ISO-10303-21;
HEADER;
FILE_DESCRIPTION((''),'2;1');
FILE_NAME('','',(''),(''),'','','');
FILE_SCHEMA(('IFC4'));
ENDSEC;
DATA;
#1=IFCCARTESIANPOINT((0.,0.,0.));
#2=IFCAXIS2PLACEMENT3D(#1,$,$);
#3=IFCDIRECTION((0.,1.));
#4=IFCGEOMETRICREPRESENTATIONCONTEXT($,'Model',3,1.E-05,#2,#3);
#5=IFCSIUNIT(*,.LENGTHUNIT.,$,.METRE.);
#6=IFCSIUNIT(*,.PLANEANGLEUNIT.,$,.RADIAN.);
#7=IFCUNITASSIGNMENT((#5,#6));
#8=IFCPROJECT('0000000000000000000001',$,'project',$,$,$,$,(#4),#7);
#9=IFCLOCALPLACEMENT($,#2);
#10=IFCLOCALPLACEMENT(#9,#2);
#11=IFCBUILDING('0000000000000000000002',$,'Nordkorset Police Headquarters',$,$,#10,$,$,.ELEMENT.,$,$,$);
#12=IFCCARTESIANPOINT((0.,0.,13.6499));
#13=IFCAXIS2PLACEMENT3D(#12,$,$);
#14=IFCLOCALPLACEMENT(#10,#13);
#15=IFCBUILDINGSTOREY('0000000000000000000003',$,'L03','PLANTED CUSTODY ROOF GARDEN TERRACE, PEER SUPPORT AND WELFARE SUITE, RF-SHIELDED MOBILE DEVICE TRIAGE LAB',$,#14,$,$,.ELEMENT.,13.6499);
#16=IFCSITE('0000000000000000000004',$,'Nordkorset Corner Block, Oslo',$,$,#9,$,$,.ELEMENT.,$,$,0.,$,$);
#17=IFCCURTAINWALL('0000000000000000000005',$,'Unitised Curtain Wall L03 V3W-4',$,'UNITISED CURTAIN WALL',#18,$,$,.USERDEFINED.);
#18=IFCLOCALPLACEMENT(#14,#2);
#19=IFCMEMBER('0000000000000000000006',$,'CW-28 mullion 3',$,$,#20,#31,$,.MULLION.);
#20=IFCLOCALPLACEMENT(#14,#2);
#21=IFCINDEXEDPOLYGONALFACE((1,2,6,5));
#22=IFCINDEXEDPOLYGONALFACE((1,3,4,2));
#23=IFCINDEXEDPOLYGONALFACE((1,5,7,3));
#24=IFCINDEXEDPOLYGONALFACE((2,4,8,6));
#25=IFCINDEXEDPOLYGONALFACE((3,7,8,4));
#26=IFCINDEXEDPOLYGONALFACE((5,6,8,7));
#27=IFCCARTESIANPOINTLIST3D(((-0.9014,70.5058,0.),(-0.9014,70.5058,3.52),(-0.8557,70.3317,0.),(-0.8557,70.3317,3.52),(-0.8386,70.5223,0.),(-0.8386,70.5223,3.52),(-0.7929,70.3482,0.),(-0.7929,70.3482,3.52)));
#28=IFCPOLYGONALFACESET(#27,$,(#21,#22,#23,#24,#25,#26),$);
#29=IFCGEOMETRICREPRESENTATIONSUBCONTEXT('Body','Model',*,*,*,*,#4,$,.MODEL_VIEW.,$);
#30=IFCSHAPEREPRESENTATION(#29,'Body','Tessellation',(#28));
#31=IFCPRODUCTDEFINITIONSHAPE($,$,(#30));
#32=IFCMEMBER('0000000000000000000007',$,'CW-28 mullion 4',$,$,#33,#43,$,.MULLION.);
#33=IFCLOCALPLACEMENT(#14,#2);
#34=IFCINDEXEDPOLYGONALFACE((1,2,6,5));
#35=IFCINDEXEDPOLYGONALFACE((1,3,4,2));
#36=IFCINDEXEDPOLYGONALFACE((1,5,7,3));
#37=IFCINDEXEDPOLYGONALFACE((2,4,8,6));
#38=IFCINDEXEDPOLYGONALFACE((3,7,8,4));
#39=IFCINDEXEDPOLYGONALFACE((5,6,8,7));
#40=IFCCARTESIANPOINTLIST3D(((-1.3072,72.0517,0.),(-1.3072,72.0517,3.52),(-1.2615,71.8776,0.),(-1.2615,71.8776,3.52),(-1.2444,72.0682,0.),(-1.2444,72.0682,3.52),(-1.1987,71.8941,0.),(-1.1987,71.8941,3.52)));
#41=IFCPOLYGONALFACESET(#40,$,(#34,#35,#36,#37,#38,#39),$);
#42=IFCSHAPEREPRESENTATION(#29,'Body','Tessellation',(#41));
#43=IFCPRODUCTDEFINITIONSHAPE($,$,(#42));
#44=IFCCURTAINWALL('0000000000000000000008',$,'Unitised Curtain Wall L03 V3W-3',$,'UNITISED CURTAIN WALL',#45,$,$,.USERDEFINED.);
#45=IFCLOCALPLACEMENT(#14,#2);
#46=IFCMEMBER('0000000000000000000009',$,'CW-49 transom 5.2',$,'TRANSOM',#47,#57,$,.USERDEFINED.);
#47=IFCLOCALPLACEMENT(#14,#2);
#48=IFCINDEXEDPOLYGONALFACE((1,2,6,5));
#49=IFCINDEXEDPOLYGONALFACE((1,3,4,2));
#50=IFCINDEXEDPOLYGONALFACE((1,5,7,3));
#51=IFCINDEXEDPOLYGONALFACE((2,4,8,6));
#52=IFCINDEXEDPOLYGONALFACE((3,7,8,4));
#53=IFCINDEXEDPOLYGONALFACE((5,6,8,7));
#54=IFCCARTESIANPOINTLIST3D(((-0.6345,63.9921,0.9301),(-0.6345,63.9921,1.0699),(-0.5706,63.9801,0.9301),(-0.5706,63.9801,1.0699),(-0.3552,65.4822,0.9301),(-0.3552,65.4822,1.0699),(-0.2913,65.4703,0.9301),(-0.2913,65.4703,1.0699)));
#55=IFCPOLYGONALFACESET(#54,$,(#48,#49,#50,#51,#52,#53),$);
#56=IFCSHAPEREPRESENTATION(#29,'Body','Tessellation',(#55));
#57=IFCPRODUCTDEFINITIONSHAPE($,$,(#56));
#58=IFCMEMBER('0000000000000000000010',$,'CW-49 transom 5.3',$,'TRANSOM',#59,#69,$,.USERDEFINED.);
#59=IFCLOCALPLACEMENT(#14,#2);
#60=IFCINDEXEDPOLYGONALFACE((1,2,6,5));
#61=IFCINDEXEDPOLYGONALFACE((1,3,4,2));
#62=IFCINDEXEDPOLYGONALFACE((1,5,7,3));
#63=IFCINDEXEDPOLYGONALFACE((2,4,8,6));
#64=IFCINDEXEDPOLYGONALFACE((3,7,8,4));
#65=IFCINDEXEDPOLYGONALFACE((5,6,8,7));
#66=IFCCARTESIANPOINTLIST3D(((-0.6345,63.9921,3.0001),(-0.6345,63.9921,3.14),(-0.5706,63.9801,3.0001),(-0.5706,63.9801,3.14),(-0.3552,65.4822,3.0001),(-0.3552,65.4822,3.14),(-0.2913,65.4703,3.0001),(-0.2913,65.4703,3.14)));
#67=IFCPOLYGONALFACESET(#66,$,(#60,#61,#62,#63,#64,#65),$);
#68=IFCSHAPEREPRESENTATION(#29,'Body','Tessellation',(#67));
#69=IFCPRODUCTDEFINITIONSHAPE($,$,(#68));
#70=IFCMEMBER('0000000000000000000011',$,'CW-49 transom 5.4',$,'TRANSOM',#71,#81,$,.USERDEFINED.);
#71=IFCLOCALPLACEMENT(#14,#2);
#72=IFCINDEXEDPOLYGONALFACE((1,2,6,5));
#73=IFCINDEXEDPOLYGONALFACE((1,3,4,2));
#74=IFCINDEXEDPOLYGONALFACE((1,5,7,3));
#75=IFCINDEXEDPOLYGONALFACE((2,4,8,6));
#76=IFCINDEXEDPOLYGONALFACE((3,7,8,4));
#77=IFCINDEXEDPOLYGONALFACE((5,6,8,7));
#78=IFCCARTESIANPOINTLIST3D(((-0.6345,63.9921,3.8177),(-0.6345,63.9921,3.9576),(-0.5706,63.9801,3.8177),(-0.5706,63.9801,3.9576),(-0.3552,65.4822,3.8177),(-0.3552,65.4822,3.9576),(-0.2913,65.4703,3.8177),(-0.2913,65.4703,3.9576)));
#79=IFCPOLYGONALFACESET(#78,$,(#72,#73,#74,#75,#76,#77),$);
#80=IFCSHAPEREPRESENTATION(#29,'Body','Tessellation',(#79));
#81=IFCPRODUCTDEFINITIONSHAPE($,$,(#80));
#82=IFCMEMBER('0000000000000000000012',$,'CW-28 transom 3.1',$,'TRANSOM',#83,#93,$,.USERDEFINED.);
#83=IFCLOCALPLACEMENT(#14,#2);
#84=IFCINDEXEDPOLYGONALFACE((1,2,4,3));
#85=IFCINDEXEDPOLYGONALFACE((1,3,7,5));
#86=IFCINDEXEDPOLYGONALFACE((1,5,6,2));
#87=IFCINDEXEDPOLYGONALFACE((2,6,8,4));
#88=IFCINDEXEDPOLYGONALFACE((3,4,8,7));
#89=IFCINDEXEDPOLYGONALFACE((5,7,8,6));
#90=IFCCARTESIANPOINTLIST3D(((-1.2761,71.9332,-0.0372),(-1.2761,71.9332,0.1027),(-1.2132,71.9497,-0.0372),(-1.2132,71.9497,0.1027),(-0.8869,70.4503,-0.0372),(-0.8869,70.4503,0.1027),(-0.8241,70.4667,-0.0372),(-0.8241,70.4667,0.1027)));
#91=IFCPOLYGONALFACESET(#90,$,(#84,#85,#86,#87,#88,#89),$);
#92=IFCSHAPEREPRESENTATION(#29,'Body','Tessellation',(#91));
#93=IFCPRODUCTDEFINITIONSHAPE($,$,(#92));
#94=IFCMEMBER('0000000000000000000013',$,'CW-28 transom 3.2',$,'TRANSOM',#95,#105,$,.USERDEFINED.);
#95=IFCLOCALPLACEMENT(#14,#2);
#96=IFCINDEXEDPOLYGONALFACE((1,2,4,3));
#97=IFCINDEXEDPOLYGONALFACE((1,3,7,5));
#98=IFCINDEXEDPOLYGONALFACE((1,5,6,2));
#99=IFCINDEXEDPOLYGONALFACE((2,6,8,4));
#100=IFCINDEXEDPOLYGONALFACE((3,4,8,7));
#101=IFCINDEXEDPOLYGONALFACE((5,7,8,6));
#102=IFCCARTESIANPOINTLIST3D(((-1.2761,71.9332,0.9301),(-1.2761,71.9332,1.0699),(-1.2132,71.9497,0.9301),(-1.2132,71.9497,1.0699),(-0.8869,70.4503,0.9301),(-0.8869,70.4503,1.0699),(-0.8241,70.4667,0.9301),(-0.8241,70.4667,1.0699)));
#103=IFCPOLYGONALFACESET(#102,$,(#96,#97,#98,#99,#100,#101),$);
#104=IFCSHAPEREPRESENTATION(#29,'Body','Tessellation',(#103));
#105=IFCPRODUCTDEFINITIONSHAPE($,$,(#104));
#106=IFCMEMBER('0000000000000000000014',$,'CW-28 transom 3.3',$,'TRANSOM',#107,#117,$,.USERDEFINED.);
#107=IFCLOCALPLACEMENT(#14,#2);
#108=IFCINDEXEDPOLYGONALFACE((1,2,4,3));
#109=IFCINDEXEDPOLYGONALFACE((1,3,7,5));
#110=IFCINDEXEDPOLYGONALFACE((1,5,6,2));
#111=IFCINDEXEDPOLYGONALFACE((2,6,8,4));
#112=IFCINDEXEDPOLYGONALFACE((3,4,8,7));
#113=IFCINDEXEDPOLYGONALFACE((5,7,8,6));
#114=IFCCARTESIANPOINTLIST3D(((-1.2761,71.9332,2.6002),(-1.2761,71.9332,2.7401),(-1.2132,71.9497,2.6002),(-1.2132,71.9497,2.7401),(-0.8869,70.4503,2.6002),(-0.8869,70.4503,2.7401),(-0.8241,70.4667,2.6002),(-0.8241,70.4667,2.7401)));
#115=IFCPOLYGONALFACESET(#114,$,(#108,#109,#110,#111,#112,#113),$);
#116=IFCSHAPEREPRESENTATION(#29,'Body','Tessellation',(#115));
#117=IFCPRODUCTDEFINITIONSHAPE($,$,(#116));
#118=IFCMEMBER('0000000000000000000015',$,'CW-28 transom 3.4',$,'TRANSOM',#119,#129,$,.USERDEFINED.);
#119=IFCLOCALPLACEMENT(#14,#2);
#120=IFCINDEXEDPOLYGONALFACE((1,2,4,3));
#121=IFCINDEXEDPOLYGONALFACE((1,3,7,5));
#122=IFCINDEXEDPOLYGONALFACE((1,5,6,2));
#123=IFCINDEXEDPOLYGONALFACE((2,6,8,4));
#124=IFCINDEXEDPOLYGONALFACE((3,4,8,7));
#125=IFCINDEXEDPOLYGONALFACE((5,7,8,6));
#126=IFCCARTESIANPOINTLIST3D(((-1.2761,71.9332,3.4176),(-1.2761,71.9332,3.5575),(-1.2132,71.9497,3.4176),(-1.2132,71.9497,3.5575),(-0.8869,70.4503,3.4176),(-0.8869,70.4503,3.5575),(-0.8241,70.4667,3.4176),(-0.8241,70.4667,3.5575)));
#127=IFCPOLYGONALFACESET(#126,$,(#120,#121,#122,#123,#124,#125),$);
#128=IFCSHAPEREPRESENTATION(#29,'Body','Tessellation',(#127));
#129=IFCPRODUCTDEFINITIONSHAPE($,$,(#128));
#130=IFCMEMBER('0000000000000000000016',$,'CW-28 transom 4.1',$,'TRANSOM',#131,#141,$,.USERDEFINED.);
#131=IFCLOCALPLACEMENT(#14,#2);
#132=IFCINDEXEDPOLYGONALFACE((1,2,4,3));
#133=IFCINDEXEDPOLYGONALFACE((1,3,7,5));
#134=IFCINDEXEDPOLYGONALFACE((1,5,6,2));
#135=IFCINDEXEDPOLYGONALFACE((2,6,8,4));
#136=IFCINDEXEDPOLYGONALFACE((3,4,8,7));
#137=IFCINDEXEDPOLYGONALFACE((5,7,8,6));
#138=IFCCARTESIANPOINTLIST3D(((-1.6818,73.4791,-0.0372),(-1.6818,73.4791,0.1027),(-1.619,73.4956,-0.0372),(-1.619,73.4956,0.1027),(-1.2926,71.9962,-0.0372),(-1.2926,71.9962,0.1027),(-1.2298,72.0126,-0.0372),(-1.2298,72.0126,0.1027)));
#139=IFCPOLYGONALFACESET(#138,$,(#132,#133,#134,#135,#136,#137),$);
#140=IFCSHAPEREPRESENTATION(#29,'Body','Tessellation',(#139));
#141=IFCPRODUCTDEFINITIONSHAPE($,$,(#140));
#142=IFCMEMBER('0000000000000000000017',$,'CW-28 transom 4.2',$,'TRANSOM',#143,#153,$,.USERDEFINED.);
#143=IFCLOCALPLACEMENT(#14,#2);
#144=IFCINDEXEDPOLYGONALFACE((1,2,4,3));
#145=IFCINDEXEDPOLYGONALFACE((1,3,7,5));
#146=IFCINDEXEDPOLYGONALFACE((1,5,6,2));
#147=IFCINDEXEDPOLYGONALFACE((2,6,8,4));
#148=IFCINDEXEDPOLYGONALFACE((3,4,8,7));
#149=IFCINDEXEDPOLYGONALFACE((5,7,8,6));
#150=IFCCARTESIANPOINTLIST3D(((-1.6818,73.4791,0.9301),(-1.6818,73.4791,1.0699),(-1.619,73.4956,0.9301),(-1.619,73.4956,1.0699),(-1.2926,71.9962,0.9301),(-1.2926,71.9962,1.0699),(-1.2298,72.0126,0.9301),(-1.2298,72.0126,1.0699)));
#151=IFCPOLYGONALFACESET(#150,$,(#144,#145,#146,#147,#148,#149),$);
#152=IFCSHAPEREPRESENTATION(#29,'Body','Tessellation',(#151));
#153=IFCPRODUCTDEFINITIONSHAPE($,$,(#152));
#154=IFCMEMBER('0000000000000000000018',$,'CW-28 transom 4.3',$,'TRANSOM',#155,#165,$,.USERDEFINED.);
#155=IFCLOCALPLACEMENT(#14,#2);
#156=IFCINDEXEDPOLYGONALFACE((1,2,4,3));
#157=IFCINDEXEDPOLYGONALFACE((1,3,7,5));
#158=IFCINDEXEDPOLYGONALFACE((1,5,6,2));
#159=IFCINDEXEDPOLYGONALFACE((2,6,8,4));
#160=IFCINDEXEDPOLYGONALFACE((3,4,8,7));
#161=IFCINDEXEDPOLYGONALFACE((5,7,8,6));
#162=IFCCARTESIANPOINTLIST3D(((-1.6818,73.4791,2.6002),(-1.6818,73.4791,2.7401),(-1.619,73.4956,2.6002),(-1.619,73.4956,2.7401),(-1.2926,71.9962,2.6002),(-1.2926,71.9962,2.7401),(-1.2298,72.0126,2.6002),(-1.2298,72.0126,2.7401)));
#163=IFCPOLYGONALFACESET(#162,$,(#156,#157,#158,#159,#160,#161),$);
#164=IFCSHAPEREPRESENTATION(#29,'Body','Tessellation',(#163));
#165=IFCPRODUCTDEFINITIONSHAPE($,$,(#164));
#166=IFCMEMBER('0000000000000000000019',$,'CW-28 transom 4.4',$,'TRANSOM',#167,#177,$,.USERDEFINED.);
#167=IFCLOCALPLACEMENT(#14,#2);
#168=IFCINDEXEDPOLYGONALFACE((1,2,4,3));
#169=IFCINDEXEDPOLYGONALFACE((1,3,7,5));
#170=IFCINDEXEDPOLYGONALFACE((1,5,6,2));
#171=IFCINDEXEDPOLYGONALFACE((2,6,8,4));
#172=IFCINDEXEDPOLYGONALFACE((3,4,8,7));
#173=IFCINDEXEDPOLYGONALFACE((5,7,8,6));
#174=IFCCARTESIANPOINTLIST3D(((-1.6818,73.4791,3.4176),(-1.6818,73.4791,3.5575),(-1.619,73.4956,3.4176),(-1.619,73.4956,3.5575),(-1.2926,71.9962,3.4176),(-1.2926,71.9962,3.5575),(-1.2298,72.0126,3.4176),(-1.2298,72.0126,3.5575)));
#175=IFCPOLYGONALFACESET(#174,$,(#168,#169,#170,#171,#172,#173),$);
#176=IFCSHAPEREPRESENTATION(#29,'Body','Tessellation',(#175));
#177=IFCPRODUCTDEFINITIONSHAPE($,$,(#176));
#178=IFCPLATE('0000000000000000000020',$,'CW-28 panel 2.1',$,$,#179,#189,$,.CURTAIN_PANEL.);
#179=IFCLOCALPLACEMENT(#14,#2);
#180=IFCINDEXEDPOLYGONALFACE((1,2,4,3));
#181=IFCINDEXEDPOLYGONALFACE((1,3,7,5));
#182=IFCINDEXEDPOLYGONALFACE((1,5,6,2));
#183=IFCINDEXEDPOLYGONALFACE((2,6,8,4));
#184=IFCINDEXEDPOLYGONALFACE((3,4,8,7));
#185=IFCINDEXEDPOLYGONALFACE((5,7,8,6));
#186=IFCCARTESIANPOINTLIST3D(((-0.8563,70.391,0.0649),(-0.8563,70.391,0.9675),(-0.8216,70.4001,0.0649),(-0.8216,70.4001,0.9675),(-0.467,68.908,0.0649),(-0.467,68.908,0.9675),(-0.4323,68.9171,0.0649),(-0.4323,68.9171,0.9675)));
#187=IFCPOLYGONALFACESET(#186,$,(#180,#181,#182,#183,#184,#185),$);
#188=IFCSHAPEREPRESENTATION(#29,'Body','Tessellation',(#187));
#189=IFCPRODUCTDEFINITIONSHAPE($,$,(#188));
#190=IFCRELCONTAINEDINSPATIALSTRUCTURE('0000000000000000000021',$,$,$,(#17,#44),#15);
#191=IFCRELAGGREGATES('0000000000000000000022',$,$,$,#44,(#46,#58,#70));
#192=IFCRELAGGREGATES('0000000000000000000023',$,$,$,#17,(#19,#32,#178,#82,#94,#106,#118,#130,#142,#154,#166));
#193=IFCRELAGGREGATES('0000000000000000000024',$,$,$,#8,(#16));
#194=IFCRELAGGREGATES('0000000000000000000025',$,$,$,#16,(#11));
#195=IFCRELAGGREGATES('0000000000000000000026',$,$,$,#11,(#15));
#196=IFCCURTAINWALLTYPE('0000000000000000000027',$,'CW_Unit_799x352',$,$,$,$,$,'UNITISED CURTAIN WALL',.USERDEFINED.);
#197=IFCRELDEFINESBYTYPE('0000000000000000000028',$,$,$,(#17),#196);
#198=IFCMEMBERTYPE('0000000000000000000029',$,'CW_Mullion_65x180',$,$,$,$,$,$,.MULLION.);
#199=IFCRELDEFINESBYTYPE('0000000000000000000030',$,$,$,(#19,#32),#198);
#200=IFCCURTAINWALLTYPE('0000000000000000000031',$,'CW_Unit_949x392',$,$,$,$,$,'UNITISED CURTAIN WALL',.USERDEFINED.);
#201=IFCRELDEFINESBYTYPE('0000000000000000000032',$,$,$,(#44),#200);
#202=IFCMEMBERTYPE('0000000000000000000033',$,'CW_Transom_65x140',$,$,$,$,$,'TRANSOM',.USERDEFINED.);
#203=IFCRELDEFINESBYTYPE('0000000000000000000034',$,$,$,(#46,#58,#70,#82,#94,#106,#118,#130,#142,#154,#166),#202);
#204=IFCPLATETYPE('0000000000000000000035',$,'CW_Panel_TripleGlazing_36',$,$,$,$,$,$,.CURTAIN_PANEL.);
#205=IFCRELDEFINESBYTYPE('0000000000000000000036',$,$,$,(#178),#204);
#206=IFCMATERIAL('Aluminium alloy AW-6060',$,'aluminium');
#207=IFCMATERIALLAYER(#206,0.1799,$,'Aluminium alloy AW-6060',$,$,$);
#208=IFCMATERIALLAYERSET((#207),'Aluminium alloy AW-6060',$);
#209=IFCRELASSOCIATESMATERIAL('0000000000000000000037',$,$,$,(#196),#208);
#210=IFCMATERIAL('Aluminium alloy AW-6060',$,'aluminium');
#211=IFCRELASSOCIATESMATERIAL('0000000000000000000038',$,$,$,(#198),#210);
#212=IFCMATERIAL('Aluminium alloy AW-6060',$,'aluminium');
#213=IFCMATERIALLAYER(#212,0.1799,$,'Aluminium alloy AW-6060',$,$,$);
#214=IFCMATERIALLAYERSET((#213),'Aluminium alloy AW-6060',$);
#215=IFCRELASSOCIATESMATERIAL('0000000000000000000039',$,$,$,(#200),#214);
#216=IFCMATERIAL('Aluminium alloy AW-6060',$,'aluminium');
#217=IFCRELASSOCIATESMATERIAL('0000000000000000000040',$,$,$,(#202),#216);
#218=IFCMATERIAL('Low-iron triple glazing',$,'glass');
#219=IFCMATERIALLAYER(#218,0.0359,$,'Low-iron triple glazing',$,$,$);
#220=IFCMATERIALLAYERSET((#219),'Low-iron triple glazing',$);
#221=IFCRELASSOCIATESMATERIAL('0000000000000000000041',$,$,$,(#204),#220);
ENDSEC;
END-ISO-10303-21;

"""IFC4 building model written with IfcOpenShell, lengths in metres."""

from ifc_helpers import new_model, si_unit, direction, frame, origin, origin_2d, place, context, subcontext, project, spatial, rectangle, extrude, material, layer, layer_set, material_profile, profile_set, type_object, element, aggregate, save


model = new_model("IFC4")

# Units and contexts
model_context = context("Model", 3, precision=1e-05, world=origin(), true_north=direction((0.0, 1.0)))
body_context = subcontext(model_context, "Body", "Model", "MODEL_VIEW")
ifc_project = project(units=[si_unit("LENGTHUNIT", "METRE"), si_unit("PLANEANGLEUNIT", "RADIAN")], contexts=[model_context])

# Site, building, storey
site_placement = place(None, origin())
site = spatial("IfcSite", under=ifc_project, at=site_placement, Name="Nordkorset Corner Block, Oslo", CompositionType="ELEMENT", RefElevation=0.0)
building_placement = place(site_placement, origin())
building = spatial("IfcBuilding", under=site, at=building_placement, Name="Nordkorset Police Headquarters", CompositionType="ELEMENT")
storey_placement = place(building_placement, frame((0.0, 0.0, 13.6499)))
storey = spatial("IfcBuildingStorey", under=building, at=storey_placement, Name="L03", Description="PLANTED CUSTODY ROOF GARDEN TERRACE, PEER SUPPORT AND WELFARE SUITE, RF-SHIELDED MOBILE DEVICE TRIAGE LAB", CompositionType="ELEMENT", Elevation=13.6499)

# Curtain walls, members
ifc_material_1 = material(Name="Aluminium alloy AW-6060", Category="aluminium")
ifc_layer_1 = layer(ifc_material_1, 0.1799, Name="Aluminium alloy AW-6060")
ifc_layer_set_1 = layer_set([ifc_layer_1], Name="Aluminium alloy AW-6060")
curtain_wall_type_1 = type_object("IfcCurtainWallType", Name="CW_Unit_799x352", ElementType="UNITISED CURTAIN WALL", PredefinedType="USERDEFINED", material=ifc_layer_set_1)
curtain_wall_1_placement = place(storey_placement, origin())
curtain_wall_1 = element("IfcCurtainWall", 1, at=curtain_wall_1_placement, inside=storey, type_object=curtain_wall_type_1, Name="Unitised Curtain Wall L03 V3W-4", ObjectType="UNITISED CURTAIN WALL", PredefinedType="USERDEFINED")
ifc_material_2 = material(Name="Aluminium alloy AW-6060", Category="aluminium")
ifc_material_profile_1 = material_profile(ifc_material_2, rectangle(XDim=0.0649, YDim=0.1799, at=origin_2d()), Name="ALU MULL 65x180")
ifc_profile_set_1 = profile_set([ifc_material_profile_1], Name="Aluminium alloy AW-6060")
member_type_1 = type_object("IfcMemberType", Name="CW_Mullion_65x180", PredefinedType="MULLION", material=ifc_profile_set_1)
member_1_placement = place(storey_placement, frame((-0.8472, 70.427, 0.0), z_axis=(0.0, 0.0, 1.0), x_axis=(-0.967231, -0.253897, 0.0)))
member_1 = element("IfcMember", 2, at=member_1_placement, type_object=member_type_1, Name="CW-28 mullion 3", PredefinedType="MULLION", context=body_context, shape_type="SweptSolid", body=[
    extrude(rectangle(XDim=0.0649, YDim=0.1799, at=origin_2d()), origin(), (0.0, 0.0, 1.0), 3.52),
])
member_2_placement = place(storey_placement, frame((-1.2529, 71.9729, 0.0), z_axis=(0.0, 0.0, 1.0), x_axis=(-0.967231, -0.253897, 0.0)))
member_2 = element("IfcMember", 3, at=member_2_placement, type_object=member_type_1, Name="CW-28 mullion 4", PredefinedType="MULLION", context=body_context, shape_type="SweptSolid", body=[
    extrude(rectangle(XDim=0.0649, YDim=0.1799, at=origin_2d()), origin(), (0.0, 0.0, 1.0), 3.52),
])
ifc_material_3 = material(Name="Aluminium alloy AW-6060", Category="aluminium")
ifc_layer_2 = layer(ifc_material_3, 0.1799, Name="Aluminium alloy AW-6060")
ifc_layer_set_2 = layer_set([ifc_layer_2], Name="Aluminium alloy AW-6060")
curtain_wall_type_2 = type_object("IfcCurtainWallType", Name="CW_Unit_949x392", ElementType="UNITISED CURTAIN WALL", PredefinedType="USERDEFINED", material=ifc_layer_set_2)
curtain_wall_2_placement = place(storey_placement, origin())
curtain_wall_2 = element("IfcCurtainWall", 4, at=curtain_wall_2_placement, inside=storey, type_object=curtain_wall_type_2, Name="Unitised Curtain Wall L03 V3W-3", ObjectType="UNITISED CURTAIN WALL", PredefinedType="USERDEFINED")
ifc_material_4 = material(Name="Aluminium alloy AW-6060", Category="aluminium")
ifc_material_profile_2 = material_profile(ifc_material_4, rectangle(XDim=0.0649, YDim=0.1399, at=origin_2d()), Name="ALU TRAN 65x140")
ifc_profile_set_2 = profile_set([ifc_material_profile_2], Name="Aluminium alloy AW-6060")
member_type_2 = type_object("IfcMemberType", Name="CW_Transom_65x140", ElementType="TRANSOM", PredefinedType="USERDEFINED", material=ifc_profile_set_2)
member_3_placement = place(storey_placement, frame((-0.6025, 63.9861, 1.0), z_axis=(0.184211, 0.982887, 0.0), x_axis=(-0.982887, 0.184211, 0.0)))
member_3 = element("IfcMember", 5, at=member_3_placement, type_object=member_type_2, Name="CW-49 transom 5.2", ObjectType="TRANSOM", PredefinedType="USERDEFINED", context=body_context, shape_type="SweptSolid", body=[
    extrude(rectangle(XDim=0.0649, YDim=0.1399, at=origin_2d()), origin(), (0.0, 0.0, 1.0), 1.5161),
])
member_4_placement = place(storey_placement, frame((-0.6025, 63.9861, 3.0701), z_axis=(0.184211, 0.982887, 0.0), x_axis=(-0.982887, 0.184211, 0.0)))
member_4 = element("IfcMember", 6, at=member_4_placement, type_object=member_type_2, Name="CW-49 transom 5.3", ObjectType="TRANSOM", PredefinedType="USERDEFINED", context=body_context, shape_type="SweptSolid", body=[
    extrude(rectangle(XDim=0.0649, YDim=0.1399, at=origin_2d()), origin(), (0.0, 0.0, 1.0), 1.5161),
])
member_5_placement = place(storey_placement, frame((-0.6025, 63.9861, 3.8877), z_axis=(0.184211, 0.982887, 0.0), x_axis=(-0.982887, 0.184211, 0.0)))
member_5 = element("IfcMember", 7, at=member_5_placement, type_object=member_type_2, Name="CW-49 transom 5.4", ObjectType="TRANSOM", PredefinedType="USERDEFINED", context=body_context, shape_type="SweptSolid", body=[
    extrude(rectangle(XDim=0.0649, YDim=0.1399, at=origin_2d()), origin(), (0.0, 0.0, 1.0), 1.5161),
])
aggregate(curtain_wall_2, [member_3, member_4, member_5])

# Members
member_6_placement = place(storey_placement, frame((-0.8555, 70.4585, 0.0327), z_axis=(-0.253835, 0.967248, 0.0), x_axis=(-0.967248, -0.253835, 0.0)))
member_6 = element("IfcMember", 8, at=member_6_placement, type_object=member_type_2, Name="CW-28 transom 3.1", ObjectType="TRANSOM", PredefinedType="USERDEFINED", context=body_context, shape_type="SweptSolid", body=[
    extrude(rectangle(XDim=0.0649, YDim=0.1399, at=origin_2d()), origin(), (0.0, 0.0, 1.0), 1.5332),
])
member_7_placement = place(storey_placement, frame((-0.8555, 70.4585, 1.0), z_axis=(-0.253835, 0.967248, 0.0), x_axis=(-0.967248, -0.253835, 0.0)))
member_7 = element("IfcMember", 9, at=member_7_placement, type_object=member_type_2, Name="CW-28 transom 3.2", ObjectType="TRANSOM", PredefinedType="USERDEFINED", context=body_context, shape_type="SweptSolid", body=[
    extrude(rectangle(XDim=0.0649, YDim=0.1399, at=origin_2d()), origin(), (0.0, 0.0, 1.0), 1.5332),
])
member_8_placement = place(storey_placement, frame((-0.8555, 70.4585, 2.6702), z_axis=(-0.253835, 0.967248, 0.0), x_axis=(-0.967248, -0.253835, 0.0)))
member_8 = element("IfcMember", 10, at=member_8_placement, type_object=member_type_2, Name="CW-28 transom 3.3", ObjectType="TRANSOM", PredefinedType="USERDEFINED", context=body_context, shape_type="SweptSolid", body=[
    extrude(rectangle(XDim=0.0649, YDim=0.1399, at=origin_2d()), origin(), (0.0, 0.0, 1.0), 1.5332),
])
member_9_placement = place(storey_placement, frame((-0.8555, 70.4585, 3.4875), z_axis=(-0.253835, 0.967248, 0.0), x_axis=(-0.967248, -0.253835, 0.0)))
member_9 = element("IfcMember", 11, at=member_9_placement, type_object=member_type_2, Name="CW-28 transom 3.4", ObjectType="TRANSOM", PredefinedType="USERDEFINED", context=body_context, shape_type="SweptSolid", body=[
    extrude(rectangle(XDim=0.0649, YDim=0.1399, at=origin_2d()), origin(), (0.0, 0.0, 1.0), 1.5332),
])
member_10_placement = place(storey_placement, frame((-1.2612, 72.0044, 0.0327), z_axis=(-0.253835, 0.967248, 0.0), x_axis=(-0.967248, -0.253835, 0.0)))
member_10 = element("IfcMember", 12, at=member_10_placement, type_object=member_type_2, Name="CW-28 transom 4.1", ObjectType="TRANSOM", PredefinedType="USERDEFINED", context=body_context, shape_type="SweptSolid", body=[
    extrude(rectangle(XDim=0.0649, YDim=0.1399, at=origin_2d()), origin(), (0.0, 0.0, 1.0), 1.5332),
])
member_11_placement = place(storey_placement, frame((-1.2612, 72.0044, 1.0), z_axis=(-0.253835, 0.967248, 0.0), x_axis=(-0.967248, -0.253835, 0.0)))
member_11 = element("IfcMember", 13, at=member_11_placement, type_object=member_type_2, Name="CW-28 transom 4.2", ObjectType="TRANSOM", PredefinedType="USERDEFINED", context=body_context, shape_type="SweptSolid", body=[
    extrude(rectangle(XDim=0.0649, YDim=0.1399, at=origin_2d()), origin(), (0.0, 0.0, 1.0), 1.5332),
])
member_12_placement = place(storey_placement, frame((-1.2612, 72.0044, 2.6702), z_axis=(-0.253835, 0.967248, 0.0), x_axis=(-0.967248, -0.253835, 0.0)))
member_12 = element("IfcMember", 14, at=member_12_placement, type_object=member_type_2, Name="CW-28 transom 4.3", ObjectType="TRANSOM", PredefinedType="USERDEFINED", context=body_context, shape_type="SweptSolid", body=[
    extrude(rectangle(XDim=0.0649, YDim=0.1399, at=origin_2d()), origin(), (0.0, 0.0, 1.0), 1.5332),
])
member_13_placement = place(storey_placement, frame((-1.2612, 72.0044, 3.4875), z_axis=(-0.253835, 0.967248, 0.0), x_axis=(-0.967248, -0.253835, 0.0)))
member_13 = element("IfcMember", 15, at=member_13_placement, type_object=member_type_2, Name="CW-28 transom 4.4", ObjectType="TRANSOM", PredefinedType="USERDEFINED", context=body_context, shape_type="SweptSolid", body=[
    extrude(rectangle(XDim=0.0649, YDim=0.1399, at=origin_2d()), origin(), (0.0, 0.0, 1.0), 1.5332),
])

# Plate
ifc_material_5 = material(Name="Low-iron triple glazing", Category="glass")
ifc_layer_3 = layer(ifc_material_5, 0.0359, Name="Low-iron triple glazing")
ifc_layer_set_3 = layer_set([ifc_layer_3], Name="Low-iron triple glazing")
plate_type = type_object("IfcPlateType", Name="CW_Panel_TripleGlazing_36", PredefinedType="CURTAIN_PANEL", material=ifc_layer_set_3)
plate_1_placement = place(storey_placement, frame((-0.6443, 69.6541, 0.0649), z_axis=(0.0, 0.0, 1.0), x_axis=(-0.253897, 0.967231, 0.0)))
plate_1 = element("IfcPlate", 16, at=plate_1_placement, type_object=plate_type, Name="CW-28 panel 2.1", PredefinedType="CURTAIN_PANEL", context=body_context, shape_type="SweptSolid", body=[
    extrude(rectangle(XDim=1.5332, YDim=0.0359, at=origin_2d()), origin(), (0.0, 0.0, 1.0), 0.9026),
])
aggregate(curtain_wall_1, [member_1, member_2, plate_1, member_6, member_7, member_8, member_9, member_10, member_11, member_12, member_13])

save(model, "model.ifc")
